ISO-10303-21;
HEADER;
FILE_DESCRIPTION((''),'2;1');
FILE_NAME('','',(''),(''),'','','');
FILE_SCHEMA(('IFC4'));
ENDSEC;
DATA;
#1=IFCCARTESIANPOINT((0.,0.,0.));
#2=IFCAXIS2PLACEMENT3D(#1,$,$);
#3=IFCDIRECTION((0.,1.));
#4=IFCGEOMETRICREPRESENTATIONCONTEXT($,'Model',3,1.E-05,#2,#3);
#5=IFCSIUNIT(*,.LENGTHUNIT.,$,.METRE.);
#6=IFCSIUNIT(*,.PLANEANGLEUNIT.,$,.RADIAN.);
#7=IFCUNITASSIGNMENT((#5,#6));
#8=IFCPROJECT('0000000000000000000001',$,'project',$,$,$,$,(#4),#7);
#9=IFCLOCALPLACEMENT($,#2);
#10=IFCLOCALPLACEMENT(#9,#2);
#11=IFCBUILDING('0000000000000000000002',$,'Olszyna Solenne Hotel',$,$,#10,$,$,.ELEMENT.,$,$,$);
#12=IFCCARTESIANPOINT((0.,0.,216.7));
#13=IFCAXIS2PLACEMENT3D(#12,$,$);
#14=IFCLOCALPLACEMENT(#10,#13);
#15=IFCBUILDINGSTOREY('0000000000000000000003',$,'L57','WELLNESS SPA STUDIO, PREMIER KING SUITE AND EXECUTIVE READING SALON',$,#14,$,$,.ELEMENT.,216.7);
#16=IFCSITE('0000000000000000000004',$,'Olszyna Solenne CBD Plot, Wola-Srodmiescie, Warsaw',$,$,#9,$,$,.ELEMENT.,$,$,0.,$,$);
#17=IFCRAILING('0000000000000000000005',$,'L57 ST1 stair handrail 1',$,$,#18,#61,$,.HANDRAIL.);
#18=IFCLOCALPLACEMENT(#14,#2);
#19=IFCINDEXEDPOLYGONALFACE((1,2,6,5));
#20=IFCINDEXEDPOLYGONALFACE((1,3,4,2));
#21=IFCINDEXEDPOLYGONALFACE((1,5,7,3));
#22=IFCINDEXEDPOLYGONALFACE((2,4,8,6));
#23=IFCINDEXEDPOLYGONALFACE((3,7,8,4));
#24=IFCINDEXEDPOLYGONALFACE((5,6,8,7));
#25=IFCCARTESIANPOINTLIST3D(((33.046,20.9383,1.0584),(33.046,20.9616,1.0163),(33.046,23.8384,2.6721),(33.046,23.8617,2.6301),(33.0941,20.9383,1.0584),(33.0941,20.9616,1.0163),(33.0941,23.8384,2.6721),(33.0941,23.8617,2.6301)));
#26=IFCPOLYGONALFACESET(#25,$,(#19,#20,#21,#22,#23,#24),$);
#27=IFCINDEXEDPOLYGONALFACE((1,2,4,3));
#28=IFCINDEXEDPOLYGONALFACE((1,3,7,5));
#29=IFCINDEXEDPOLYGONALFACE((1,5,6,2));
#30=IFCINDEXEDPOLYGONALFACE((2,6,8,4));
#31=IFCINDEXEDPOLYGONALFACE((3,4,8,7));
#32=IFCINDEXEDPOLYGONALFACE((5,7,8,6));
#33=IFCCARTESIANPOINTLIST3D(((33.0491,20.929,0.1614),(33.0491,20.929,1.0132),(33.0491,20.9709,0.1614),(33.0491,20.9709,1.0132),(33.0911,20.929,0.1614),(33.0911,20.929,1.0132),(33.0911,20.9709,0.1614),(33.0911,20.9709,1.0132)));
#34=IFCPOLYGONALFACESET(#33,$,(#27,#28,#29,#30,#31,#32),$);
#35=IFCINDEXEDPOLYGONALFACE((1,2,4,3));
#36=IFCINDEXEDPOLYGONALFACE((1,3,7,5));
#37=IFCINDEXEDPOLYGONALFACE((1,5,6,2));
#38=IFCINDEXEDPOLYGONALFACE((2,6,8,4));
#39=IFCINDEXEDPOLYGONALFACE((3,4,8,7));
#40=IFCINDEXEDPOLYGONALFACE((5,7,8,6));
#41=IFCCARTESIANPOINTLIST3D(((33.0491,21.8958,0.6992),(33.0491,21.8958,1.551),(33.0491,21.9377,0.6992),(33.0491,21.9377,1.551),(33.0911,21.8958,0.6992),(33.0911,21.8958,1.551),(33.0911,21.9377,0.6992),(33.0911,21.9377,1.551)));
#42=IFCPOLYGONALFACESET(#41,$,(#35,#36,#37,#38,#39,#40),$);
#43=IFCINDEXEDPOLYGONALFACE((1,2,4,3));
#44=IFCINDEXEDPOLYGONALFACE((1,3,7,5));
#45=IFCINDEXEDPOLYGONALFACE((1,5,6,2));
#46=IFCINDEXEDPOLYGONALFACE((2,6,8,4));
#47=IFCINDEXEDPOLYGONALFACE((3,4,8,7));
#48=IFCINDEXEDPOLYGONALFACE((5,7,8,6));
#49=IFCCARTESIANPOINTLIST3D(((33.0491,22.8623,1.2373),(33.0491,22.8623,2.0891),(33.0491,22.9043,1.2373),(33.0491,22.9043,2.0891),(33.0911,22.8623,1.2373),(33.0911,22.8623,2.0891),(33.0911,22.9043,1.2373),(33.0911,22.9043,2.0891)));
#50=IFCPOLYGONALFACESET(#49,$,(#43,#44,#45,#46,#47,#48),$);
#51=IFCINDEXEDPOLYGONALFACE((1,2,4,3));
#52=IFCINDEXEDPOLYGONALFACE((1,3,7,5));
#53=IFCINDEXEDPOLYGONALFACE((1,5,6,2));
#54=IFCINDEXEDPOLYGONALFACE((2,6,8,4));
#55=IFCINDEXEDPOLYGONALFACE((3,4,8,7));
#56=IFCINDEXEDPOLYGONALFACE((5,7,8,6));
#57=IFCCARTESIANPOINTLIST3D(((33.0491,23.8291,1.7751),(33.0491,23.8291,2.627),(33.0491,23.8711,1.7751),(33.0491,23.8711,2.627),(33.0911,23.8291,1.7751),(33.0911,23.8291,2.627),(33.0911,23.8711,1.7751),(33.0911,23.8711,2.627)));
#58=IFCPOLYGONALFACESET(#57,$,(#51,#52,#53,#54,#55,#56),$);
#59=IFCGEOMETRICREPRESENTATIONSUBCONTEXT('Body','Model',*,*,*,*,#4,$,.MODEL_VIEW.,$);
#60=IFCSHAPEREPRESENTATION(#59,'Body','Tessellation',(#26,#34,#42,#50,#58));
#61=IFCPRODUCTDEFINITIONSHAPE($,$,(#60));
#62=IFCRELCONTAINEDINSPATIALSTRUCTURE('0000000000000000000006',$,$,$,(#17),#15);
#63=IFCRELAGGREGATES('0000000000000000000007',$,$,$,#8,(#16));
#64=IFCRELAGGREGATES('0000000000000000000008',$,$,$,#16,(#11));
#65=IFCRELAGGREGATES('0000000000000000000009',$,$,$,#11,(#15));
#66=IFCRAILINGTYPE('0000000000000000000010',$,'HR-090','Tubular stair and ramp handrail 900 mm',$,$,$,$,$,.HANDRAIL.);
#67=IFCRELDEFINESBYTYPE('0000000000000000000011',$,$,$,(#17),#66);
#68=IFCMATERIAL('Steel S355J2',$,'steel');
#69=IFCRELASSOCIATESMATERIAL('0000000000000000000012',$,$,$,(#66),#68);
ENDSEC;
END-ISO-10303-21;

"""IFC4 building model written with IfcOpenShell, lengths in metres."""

from ifc_helpers import new_model, si_unit, direction, frame, origin, origin_2d, place, context, subcontext, project, spatial, rectangle, extrude, material, type_object, element, save


model = new_model("IFC4")

# Units and contexts
model_context = context("Model", 3, precision=1e-05, world=origin(), true_north=direction((0.0, 1.0)))
body_context = subcontext(model_context, "Body", "Model", "MODEL_VIEW")
ifc_project = project(units=[si_unit("LENGTHUNIT", "METRE"), si_unit("PLANEANGLEUNIT", "RADIAN")], contexts=[model_context])

# Site, building, storey
site_placement = place(None, origin())
site = spatial("IfcSite", under=ifc_project, at=site_placement, Name="Olszyna Solenne CBD Plot, Wola-Srodmiescie, Warsaw", CompositionType="ELEMENT", RefElevation=0.0)
building_placement = place(site_placement, origin())
building = spatial("IfcBuilding", under=site, at=building_placement, Name="Olszyna Solenne Hotel", CompositionType="ELEMENT")
storey_placement = place(building_placement, frame((0.0, 0.0, 216.7)))
storey = spatial("IfcBuildingStorey", under=building, at=storey_placement, Name="L57", Description="WELLNESS SPA STUDIO, PREMIER KING SUITE AND EXECUTIVE READING SALON", CompositionType="ELEMENT", Elevation=216.7)

# Shared definitions
ifc_material_1 = material(Name="Steel S355J2", Category="steel")

# Railing
railing_type_1 = type_object("IfcRailingType", Name="HR-090", Description="Tubular stair and ramp handrail 900 mm", PredefinedType="HANDRAIL", material=ifc_material_1)
railing_1_placement = place(storey_placement, frame((33.0701, 20.95, 0.1614)))
element("IfcRailing", 1, at=railing_1_placement, inside=storey, type_object=railing_type_1, Name="L57 ST1 stair handrail 1", PredefinedType="HANDRAIL", context=body_context, shape_type="SweptSolid", body=[
    extrude(rectangle(XDim=0.0481, YDim=0.0481, at=origin_2d()), frame((0.0, 0.0, 0.876), z_axis=(0.0, 0.873827, 0.486236), x_axis=(-1.0, 0.0, 0.0)), (0.0, 0.0, 1.0), 3.3188),
    extrude(rectangle(XDim=0.042, YDim=0.042, at=origin_2d()), origin(), (0.0, 0.0, 1.0), 0.8518),
    extrude(rectangle(XDim=0.042, YDim=0.042, at=origin_2d()), frame((0.0, 0.9668, 0.5378)), (0.0, 0.0, 1.0), 0.8518),
    extrude(rectangle(XDim=0.042, YDim=0.042, at=origin_2d()), frame((0.0, 1.9333, 1.0759)), (0.0, 0.0, 1.0), 0.8518),
    extrude(rectangle(XDim=0.042, YDim=0.042, at=origin_2d()), frame((0.0, 2.9001, 1.6138)), (0.0, 0.0, 1.0), 0.8518),
])

save(model, "model.ifc")
